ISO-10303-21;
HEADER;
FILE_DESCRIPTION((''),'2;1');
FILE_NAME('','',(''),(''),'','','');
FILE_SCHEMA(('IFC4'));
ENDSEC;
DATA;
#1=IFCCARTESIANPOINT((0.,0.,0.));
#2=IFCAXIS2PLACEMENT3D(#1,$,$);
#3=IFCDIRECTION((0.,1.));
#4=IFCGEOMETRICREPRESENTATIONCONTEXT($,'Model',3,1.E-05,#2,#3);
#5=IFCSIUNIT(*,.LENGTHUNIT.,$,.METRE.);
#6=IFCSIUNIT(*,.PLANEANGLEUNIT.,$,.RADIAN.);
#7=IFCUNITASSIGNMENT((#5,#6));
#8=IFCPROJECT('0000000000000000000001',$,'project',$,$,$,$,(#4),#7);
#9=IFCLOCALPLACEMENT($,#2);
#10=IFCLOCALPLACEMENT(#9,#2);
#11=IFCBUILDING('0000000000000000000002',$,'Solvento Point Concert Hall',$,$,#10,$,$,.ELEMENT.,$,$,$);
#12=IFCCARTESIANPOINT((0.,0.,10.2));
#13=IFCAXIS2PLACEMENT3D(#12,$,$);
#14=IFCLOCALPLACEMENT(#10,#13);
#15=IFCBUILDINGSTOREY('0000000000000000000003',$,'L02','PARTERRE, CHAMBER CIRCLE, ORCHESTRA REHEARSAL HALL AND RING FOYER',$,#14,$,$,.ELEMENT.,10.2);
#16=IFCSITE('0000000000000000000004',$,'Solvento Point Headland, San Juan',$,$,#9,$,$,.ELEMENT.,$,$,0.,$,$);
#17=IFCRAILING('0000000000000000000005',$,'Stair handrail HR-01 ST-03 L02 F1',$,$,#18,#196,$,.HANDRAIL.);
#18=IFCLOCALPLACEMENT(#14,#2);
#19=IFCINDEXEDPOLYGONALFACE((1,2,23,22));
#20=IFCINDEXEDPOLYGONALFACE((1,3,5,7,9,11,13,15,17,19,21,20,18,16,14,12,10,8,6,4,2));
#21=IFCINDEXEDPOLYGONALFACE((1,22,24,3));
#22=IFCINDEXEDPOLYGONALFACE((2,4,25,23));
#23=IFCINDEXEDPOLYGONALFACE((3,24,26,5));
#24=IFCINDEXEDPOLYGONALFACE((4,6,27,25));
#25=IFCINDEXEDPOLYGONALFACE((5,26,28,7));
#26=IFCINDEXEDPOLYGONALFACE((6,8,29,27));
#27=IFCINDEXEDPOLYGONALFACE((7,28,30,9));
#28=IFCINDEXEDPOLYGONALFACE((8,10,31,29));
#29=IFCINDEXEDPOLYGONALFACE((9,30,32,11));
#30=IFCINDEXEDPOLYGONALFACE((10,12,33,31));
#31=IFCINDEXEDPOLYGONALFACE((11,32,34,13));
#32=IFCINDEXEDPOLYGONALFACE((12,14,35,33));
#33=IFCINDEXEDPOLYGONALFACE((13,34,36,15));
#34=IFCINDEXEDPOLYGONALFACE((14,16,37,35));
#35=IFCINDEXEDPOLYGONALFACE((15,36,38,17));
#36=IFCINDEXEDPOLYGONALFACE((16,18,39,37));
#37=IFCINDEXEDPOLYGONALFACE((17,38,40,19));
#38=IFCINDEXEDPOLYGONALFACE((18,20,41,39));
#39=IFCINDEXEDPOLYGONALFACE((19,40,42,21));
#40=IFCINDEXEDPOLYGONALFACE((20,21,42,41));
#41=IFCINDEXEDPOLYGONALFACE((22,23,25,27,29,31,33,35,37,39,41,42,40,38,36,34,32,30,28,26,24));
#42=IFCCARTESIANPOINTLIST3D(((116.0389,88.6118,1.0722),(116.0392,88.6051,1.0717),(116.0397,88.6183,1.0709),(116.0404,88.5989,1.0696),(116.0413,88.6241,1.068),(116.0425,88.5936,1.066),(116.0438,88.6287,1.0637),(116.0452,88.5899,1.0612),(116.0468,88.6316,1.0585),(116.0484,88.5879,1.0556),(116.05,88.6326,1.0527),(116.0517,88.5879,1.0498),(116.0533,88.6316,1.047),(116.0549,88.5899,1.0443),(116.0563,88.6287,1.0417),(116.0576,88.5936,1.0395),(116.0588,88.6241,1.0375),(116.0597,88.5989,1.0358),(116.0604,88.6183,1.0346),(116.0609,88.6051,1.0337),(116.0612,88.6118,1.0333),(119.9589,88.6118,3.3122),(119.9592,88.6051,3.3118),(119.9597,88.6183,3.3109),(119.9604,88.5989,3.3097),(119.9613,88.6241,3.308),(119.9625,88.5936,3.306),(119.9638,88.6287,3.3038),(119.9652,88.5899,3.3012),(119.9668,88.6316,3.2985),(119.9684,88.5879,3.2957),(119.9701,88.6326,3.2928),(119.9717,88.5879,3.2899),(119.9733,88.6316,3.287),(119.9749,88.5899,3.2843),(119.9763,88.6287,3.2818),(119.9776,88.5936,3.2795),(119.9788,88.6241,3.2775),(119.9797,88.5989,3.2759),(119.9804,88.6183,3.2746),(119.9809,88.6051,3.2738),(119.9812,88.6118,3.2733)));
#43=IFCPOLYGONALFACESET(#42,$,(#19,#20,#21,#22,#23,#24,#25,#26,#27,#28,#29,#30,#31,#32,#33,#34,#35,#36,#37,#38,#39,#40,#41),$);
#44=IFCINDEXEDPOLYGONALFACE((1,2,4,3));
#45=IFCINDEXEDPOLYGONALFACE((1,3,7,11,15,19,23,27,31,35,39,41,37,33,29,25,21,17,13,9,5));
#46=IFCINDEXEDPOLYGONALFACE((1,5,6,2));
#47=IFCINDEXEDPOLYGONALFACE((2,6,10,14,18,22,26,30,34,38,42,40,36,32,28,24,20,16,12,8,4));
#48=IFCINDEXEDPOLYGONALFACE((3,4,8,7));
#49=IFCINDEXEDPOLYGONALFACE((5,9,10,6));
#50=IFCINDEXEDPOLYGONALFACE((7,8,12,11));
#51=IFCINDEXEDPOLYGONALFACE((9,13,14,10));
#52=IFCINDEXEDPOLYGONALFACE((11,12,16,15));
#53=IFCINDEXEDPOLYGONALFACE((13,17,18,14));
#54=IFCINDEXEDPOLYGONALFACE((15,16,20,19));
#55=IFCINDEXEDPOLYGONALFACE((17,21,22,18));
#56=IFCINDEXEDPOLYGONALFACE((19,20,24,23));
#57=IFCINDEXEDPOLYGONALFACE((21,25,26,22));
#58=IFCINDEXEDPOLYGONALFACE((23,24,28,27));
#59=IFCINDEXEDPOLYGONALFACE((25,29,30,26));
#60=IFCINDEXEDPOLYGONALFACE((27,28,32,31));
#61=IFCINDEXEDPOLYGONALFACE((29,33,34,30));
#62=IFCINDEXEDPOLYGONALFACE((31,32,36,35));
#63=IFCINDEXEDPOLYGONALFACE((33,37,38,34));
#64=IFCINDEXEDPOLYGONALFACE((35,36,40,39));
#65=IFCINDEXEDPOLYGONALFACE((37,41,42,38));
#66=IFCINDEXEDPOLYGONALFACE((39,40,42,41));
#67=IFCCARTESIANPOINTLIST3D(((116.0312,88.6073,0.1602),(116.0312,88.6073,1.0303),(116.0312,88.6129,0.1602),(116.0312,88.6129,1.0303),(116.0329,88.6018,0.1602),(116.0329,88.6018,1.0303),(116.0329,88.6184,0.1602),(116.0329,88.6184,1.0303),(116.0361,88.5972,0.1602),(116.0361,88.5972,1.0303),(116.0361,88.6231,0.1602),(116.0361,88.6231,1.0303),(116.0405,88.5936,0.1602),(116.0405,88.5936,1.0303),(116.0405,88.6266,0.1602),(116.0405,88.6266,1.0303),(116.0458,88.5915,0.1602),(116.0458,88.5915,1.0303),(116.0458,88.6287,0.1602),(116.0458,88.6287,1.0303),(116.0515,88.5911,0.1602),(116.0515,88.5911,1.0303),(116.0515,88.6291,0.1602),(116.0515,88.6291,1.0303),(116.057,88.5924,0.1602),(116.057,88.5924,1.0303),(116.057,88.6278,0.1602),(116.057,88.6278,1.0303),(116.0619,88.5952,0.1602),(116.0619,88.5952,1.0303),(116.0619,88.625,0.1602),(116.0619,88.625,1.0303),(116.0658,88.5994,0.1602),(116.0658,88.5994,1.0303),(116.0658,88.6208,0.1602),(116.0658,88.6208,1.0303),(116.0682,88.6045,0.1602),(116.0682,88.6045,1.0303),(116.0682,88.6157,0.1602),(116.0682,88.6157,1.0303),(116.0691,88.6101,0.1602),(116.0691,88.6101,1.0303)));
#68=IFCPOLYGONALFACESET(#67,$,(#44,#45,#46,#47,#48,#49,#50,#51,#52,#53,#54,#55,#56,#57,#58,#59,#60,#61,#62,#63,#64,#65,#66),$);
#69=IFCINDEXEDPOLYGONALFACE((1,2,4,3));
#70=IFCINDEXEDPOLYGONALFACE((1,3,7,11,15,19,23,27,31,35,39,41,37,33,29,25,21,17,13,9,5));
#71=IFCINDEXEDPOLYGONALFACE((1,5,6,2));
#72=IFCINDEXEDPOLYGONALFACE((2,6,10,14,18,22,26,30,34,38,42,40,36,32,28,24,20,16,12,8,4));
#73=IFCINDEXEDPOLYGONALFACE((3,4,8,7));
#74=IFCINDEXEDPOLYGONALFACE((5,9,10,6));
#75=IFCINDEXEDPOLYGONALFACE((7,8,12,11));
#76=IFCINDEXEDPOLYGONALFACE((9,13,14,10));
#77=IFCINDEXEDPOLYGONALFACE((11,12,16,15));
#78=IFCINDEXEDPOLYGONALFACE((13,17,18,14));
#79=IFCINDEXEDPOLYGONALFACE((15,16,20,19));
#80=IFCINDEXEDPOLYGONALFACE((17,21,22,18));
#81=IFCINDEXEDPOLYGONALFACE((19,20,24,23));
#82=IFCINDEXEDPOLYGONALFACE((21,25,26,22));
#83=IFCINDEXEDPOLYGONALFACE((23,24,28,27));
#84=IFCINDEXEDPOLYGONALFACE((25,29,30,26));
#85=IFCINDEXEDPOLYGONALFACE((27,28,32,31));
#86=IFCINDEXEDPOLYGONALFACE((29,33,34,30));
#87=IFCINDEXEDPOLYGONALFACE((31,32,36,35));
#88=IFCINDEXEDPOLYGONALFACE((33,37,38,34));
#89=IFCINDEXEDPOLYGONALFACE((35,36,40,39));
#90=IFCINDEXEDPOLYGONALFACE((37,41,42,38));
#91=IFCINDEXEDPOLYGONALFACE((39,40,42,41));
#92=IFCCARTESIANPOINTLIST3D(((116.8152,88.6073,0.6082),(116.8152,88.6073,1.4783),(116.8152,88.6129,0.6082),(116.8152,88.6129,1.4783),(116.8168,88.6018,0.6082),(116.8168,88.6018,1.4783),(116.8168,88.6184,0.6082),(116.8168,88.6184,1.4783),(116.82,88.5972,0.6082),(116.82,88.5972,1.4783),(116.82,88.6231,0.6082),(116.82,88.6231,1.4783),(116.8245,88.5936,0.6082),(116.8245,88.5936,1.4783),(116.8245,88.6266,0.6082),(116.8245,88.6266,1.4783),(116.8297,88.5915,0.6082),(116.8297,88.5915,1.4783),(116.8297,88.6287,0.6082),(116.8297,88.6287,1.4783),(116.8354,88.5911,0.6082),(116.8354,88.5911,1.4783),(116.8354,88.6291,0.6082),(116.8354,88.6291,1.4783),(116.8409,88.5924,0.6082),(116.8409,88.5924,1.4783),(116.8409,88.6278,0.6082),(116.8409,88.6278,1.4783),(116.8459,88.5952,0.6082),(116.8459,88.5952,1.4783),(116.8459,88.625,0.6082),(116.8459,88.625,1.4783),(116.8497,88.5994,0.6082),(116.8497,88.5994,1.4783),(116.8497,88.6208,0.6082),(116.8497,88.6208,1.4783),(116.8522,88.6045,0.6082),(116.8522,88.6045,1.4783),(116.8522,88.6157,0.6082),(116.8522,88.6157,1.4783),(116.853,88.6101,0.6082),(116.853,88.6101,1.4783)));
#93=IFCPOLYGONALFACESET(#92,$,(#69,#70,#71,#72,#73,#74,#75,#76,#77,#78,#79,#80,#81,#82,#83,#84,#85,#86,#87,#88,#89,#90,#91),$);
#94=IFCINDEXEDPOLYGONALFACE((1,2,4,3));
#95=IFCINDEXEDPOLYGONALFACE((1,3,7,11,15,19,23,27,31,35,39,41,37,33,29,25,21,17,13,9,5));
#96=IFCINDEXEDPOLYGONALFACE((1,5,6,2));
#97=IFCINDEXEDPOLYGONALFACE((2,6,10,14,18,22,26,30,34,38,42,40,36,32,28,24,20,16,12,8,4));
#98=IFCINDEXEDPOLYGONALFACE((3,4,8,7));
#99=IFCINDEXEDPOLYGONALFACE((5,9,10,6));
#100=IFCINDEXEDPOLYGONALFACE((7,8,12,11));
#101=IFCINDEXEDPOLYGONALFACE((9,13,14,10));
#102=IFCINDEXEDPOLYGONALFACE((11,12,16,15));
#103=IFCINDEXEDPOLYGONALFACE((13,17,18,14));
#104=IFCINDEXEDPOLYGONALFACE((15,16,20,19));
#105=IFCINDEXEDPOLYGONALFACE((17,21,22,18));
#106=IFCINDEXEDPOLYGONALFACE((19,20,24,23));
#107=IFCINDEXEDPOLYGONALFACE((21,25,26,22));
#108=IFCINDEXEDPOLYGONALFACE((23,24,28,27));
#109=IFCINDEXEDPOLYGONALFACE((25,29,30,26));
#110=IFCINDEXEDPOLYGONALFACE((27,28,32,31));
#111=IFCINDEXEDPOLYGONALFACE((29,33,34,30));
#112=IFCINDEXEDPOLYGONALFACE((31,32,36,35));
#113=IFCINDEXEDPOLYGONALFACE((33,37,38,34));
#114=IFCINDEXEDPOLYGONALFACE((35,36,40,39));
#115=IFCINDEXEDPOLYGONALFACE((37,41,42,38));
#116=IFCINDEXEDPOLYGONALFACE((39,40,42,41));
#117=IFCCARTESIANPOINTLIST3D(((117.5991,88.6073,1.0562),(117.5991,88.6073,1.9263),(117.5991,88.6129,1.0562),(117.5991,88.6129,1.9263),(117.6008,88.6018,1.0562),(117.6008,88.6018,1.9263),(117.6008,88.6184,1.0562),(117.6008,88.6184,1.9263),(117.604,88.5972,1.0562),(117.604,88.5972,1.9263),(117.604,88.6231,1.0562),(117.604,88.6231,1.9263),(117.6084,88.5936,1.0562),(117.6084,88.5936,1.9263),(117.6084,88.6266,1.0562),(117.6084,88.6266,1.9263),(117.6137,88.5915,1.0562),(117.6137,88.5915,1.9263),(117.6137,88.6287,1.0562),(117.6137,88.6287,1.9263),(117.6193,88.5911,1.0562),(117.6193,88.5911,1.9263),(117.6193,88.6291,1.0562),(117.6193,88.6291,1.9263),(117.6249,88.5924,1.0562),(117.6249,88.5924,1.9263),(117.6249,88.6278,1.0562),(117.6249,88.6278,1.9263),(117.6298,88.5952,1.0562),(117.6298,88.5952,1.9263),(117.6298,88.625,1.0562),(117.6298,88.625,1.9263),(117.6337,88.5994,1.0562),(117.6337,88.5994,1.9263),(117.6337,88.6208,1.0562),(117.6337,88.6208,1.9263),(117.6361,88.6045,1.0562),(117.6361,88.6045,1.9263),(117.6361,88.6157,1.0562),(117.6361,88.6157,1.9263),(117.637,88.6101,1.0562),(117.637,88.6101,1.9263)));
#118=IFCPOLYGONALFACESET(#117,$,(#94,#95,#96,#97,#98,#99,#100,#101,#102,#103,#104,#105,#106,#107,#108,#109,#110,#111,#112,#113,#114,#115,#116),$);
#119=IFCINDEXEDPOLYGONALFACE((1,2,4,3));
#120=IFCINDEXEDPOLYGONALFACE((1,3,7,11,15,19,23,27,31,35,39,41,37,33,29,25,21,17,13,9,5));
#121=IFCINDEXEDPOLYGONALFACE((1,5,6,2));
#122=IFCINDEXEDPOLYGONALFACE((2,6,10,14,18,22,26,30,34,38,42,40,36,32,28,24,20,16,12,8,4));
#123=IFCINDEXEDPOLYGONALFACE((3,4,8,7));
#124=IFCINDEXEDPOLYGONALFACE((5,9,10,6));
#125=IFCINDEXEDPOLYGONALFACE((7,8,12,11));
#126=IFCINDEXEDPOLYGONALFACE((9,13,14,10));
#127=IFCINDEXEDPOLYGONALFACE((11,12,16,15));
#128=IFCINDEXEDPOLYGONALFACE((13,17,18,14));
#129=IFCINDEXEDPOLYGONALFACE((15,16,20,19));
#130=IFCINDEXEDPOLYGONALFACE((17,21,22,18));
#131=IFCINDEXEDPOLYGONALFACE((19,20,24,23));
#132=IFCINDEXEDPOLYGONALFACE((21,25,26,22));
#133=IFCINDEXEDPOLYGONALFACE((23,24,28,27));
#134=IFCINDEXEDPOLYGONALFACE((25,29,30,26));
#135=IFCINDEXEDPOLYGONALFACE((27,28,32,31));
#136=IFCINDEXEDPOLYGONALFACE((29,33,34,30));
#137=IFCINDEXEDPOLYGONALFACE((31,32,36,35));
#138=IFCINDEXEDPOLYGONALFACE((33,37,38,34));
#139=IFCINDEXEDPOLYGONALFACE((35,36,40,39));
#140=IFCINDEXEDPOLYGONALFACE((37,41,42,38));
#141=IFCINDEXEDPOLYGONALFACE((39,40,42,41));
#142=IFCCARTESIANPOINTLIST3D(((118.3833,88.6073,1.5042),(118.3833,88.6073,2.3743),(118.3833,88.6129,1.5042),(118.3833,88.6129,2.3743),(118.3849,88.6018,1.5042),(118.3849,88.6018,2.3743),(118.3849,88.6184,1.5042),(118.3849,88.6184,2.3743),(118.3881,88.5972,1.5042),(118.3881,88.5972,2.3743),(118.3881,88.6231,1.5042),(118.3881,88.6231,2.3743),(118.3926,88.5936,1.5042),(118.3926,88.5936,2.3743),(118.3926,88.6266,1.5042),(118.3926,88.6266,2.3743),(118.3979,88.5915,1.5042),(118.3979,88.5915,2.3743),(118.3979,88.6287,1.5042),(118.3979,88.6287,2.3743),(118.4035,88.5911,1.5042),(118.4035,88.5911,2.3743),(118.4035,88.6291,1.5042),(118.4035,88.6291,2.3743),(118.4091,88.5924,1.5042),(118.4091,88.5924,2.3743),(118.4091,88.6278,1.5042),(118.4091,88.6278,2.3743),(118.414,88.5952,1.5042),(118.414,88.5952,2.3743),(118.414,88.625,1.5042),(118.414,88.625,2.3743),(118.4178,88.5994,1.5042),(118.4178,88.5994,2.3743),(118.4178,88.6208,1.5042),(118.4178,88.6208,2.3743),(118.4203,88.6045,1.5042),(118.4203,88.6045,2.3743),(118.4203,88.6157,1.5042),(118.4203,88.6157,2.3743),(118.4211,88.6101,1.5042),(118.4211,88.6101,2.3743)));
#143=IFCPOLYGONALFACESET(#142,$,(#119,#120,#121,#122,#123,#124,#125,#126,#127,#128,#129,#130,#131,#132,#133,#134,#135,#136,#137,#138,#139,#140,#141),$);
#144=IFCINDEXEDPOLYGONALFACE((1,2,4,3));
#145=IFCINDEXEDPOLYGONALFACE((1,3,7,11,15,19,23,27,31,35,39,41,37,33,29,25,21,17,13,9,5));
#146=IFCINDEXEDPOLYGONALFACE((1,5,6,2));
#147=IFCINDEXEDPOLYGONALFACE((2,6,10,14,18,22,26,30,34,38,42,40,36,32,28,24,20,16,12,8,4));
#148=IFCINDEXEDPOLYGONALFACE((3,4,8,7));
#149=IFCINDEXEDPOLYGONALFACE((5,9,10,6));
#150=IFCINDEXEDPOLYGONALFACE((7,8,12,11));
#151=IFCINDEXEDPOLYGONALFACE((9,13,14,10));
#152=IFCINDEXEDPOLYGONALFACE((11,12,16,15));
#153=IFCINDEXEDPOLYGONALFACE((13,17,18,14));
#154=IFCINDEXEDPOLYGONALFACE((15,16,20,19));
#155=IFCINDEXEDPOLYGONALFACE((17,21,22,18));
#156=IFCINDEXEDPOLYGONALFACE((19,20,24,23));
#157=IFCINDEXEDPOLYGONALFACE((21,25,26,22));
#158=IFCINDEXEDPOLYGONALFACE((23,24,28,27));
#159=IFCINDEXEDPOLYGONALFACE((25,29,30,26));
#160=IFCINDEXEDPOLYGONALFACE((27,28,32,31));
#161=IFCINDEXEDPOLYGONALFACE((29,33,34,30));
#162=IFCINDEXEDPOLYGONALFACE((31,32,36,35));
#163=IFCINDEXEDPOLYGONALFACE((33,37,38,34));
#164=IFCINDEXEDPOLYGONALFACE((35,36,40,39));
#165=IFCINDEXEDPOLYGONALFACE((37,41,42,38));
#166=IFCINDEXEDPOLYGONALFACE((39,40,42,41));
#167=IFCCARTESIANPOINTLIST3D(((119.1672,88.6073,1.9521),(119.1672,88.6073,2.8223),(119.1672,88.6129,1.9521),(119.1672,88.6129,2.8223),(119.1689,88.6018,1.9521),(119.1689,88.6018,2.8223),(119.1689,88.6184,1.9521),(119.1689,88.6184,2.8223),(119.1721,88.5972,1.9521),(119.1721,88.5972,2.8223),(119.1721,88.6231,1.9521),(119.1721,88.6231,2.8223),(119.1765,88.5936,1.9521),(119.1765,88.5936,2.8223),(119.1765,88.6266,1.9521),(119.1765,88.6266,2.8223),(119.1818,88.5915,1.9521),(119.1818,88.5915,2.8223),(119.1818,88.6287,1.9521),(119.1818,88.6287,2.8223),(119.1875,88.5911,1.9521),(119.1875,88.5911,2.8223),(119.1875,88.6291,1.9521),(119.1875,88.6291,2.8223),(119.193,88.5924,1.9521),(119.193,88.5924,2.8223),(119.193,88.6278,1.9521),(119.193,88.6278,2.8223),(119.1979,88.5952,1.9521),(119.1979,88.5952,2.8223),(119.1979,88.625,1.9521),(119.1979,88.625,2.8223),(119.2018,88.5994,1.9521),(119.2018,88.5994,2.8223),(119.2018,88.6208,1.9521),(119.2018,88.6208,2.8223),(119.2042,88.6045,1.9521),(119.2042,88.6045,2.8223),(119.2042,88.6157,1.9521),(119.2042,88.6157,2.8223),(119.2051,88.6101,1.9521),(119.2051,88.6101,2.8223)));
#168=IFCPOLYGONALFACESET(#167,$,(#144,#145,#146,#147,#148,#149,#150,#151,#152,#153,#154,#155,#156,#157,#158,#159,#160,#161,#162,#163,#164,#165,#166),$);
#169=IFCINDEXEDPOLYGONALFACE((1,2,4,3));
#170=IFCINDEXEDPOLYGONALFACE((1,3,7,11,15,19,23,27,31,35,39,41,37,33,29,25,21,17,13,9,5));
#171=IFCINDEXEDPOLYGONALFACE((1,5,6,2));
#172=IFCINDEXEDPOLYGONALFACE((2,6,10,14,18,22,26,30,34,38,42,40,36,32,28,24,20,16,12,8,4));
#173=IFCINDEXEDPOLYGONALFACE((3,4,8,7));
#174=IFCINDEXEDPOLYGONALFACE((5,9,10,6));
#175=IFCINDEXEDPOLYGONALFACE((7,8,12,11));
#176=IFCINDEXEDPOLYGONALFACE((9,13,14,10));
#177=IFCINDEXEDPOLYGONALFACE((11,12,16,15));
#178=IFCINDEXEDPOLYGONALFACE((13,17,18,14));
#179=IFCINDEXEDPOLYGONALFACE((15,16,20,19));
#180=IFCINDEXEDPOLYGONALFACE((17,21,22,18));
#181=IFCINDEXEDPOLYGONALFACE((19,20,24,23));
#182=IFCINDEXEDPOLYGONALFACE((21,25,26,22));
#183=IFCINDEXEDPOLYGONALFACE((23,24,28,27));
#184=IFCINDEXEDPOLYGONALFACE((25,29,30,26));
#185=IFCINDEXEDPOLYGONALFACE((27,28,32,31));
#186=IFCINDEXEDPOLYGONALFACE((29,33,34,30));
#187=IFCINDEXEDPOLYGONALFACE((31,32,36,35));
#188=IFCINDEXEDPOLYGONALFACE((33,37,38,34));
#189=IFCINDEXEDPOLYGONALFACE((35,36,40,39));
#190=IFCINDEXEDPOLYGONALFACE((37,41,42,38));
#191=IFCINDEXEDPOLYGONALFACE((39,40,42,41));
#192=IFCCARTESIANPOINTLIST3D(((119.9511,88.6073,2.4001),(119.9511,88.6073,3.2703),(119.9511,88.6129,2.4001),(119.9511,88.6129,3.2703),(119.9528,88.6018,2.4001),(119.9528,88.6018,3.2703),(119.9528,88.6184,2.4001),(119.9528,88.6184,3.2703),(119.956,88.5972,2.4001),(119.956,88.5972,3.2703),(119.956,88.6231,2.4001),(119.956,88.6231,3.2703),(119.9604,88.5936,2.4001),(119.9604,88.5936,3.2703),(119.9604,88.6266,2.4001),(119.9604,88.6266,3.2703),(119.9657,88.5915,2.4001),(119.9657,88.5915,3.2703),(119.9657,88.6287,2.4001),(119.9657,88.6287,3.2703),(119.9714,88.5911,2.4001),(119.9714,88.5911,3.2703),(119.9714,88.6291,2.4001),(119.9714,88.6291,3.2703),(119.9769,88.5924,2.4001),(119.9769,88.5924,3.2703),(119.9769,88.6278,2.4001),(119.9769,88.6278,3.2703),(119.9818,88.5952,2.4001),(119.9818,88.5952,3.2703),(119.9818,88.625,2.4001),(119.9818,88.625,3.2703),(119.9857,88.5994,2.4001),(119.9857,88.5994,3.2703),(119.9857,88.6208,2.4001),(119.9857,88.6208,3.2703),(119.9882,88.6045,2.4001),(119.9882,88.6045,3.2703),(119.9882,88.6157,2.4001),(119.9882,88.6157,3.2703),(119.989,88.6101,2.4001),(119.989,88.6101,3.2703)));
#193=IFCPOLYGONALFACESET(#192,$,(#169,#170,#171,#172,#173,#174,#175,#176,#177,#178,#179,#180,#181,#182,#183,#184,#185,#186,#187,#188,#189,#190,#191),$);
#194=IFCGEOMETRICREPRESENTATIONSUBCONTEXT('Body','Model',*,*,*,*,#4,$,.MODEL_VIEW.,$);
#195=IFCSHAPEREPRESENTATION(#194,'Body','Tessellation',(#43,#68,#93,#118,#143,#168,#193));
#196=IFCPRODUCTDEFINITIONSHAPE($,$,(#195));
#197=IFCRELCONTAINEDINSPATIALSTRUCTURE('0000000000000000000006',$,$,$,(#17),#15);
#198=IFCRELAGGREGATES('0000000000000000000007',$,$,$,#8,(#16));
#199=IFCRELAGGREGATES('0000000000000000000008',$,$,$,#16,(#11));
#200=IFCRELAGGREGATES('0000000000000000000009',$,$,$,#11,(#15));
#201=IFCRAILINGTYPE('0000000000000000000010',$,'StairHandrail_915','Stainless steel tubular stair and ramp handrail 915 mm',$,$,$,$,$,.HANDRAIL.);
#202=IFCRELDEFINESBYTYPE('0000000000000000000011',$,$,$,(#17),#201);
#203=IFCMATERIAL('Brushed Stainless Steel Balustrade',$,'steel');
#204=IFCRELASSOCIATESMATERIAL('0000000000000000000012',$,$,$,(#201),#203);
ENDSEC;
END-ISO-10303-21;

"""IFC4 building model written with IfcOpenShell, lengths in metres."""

from ifc_helpers import new_model, si_unit, direction, frame, origin, origin_2d, place, context, subcontext, project, spatial, circle, extrude, material, type_object, element, save


model = new_model("IFC4")

# Units and contexts
model_context = context("Model", 3, precision=1e-05, world=origin(), true_north=direction((0.0, 1.0)))
body_context = subcontext(model_context, "Body", "Model", "MODEL_VIEW")
ifc_project = project(units=[si_unit("LENGTHUNIT", "METRE"), si_unit("PLANEANGLEUNIT", "RADIAN")], contexts=[model_context])

# Site, building, storey
site_placement = place(None, origin())
site = spatial("IfcSite", under=ifc_project, at=site_placement, Name="Solvento Point Headland, San Juan", CompositionType="ELEMENT", RefElevation=0.0)
building_placement = place(site_placement, origin())
building = spatial("IfcBuilding", under=site, at=building_placement, Name="Solvento Point Concert Hall", CompositionType="ELEMENT")
storey_placement = place(building_placement, frame((0.0, 0.0, 10.2)))
storey = spatial("IfcBuildingStorey", under=building, at=storey_placement, Name="L02", Description="PARTERRE, CHAMBER CIRCLE, ORCHESTRA REHEARSAL HALL AND RING FOYER", CompositionType="ELEMENT", Elevation=10.2)

# Railing
ifc_material_1 = material(Name="Brushed Stainless Steel Balustrade", Category="steel")
railing_type_1 = type_object("IfcRailingType", Name="StairHandrail_915", Description="Stainless steel tubular stair and ramp handrail 915 mm", PredefinedType="HANDRAIL", material=ifc_material_1)
railing_1_placement = place(storey_placement, frame((116.05, 88.6101, 0.1602)))
element("IfcRailing", 1, at=railing_1_placement, inside=storey, type_object=railing_type_1, Name="Stair handrail HR-01 ST-03 L02 F1", PredefinedType="HANDRAIL", context=body_context, shape_type="SweptSolid", body=[
    extrude(circle(Radius=0.0225, at=origin_2d()), frame((0.0, 0.0, 0.8926), z_axis=(0.86824, 0.0, 0.496145), x_axis=(0.0, 1.0, 0.0)), (0.0, 0.0, 1.0), 4.5149),
    extrude(circle(Radius=0.019, at=origin_2d()), origin(), (0.0, 0.0, 1.0), 0.8701),
    extrude(circle(Radius=0.019, at=origin_2d()), frame((0.7839, 0.0, 0.448)), (0.0, 0.0, 1.0), 0.8701),
    extrude(circle(Radius=0.019, at=origin_2d()), frame((1.5679, 0.0, 0.896)), (0.0, 0.0, 1.0), 0.8701),
    extrude(circle(Radius=0.019, at=origin_2d()), frame((2.3521, 0.0, 1.344)), (0.0, 0.0, 1.0), 0.8701),
    extrude(circle(Radius=0.019, at=origin_2d()), frame((3.136, 0.0, 1.792)), (0.0, 0.0, 1.0), 0.8701),
    extrude(circle(Radius=0.019, at=origin_2d()), frame((3.9199, 0.0, 2.24)), (0.0, 0.0, 1.0), 0.8701),
])

save(model, "model.ifc")
